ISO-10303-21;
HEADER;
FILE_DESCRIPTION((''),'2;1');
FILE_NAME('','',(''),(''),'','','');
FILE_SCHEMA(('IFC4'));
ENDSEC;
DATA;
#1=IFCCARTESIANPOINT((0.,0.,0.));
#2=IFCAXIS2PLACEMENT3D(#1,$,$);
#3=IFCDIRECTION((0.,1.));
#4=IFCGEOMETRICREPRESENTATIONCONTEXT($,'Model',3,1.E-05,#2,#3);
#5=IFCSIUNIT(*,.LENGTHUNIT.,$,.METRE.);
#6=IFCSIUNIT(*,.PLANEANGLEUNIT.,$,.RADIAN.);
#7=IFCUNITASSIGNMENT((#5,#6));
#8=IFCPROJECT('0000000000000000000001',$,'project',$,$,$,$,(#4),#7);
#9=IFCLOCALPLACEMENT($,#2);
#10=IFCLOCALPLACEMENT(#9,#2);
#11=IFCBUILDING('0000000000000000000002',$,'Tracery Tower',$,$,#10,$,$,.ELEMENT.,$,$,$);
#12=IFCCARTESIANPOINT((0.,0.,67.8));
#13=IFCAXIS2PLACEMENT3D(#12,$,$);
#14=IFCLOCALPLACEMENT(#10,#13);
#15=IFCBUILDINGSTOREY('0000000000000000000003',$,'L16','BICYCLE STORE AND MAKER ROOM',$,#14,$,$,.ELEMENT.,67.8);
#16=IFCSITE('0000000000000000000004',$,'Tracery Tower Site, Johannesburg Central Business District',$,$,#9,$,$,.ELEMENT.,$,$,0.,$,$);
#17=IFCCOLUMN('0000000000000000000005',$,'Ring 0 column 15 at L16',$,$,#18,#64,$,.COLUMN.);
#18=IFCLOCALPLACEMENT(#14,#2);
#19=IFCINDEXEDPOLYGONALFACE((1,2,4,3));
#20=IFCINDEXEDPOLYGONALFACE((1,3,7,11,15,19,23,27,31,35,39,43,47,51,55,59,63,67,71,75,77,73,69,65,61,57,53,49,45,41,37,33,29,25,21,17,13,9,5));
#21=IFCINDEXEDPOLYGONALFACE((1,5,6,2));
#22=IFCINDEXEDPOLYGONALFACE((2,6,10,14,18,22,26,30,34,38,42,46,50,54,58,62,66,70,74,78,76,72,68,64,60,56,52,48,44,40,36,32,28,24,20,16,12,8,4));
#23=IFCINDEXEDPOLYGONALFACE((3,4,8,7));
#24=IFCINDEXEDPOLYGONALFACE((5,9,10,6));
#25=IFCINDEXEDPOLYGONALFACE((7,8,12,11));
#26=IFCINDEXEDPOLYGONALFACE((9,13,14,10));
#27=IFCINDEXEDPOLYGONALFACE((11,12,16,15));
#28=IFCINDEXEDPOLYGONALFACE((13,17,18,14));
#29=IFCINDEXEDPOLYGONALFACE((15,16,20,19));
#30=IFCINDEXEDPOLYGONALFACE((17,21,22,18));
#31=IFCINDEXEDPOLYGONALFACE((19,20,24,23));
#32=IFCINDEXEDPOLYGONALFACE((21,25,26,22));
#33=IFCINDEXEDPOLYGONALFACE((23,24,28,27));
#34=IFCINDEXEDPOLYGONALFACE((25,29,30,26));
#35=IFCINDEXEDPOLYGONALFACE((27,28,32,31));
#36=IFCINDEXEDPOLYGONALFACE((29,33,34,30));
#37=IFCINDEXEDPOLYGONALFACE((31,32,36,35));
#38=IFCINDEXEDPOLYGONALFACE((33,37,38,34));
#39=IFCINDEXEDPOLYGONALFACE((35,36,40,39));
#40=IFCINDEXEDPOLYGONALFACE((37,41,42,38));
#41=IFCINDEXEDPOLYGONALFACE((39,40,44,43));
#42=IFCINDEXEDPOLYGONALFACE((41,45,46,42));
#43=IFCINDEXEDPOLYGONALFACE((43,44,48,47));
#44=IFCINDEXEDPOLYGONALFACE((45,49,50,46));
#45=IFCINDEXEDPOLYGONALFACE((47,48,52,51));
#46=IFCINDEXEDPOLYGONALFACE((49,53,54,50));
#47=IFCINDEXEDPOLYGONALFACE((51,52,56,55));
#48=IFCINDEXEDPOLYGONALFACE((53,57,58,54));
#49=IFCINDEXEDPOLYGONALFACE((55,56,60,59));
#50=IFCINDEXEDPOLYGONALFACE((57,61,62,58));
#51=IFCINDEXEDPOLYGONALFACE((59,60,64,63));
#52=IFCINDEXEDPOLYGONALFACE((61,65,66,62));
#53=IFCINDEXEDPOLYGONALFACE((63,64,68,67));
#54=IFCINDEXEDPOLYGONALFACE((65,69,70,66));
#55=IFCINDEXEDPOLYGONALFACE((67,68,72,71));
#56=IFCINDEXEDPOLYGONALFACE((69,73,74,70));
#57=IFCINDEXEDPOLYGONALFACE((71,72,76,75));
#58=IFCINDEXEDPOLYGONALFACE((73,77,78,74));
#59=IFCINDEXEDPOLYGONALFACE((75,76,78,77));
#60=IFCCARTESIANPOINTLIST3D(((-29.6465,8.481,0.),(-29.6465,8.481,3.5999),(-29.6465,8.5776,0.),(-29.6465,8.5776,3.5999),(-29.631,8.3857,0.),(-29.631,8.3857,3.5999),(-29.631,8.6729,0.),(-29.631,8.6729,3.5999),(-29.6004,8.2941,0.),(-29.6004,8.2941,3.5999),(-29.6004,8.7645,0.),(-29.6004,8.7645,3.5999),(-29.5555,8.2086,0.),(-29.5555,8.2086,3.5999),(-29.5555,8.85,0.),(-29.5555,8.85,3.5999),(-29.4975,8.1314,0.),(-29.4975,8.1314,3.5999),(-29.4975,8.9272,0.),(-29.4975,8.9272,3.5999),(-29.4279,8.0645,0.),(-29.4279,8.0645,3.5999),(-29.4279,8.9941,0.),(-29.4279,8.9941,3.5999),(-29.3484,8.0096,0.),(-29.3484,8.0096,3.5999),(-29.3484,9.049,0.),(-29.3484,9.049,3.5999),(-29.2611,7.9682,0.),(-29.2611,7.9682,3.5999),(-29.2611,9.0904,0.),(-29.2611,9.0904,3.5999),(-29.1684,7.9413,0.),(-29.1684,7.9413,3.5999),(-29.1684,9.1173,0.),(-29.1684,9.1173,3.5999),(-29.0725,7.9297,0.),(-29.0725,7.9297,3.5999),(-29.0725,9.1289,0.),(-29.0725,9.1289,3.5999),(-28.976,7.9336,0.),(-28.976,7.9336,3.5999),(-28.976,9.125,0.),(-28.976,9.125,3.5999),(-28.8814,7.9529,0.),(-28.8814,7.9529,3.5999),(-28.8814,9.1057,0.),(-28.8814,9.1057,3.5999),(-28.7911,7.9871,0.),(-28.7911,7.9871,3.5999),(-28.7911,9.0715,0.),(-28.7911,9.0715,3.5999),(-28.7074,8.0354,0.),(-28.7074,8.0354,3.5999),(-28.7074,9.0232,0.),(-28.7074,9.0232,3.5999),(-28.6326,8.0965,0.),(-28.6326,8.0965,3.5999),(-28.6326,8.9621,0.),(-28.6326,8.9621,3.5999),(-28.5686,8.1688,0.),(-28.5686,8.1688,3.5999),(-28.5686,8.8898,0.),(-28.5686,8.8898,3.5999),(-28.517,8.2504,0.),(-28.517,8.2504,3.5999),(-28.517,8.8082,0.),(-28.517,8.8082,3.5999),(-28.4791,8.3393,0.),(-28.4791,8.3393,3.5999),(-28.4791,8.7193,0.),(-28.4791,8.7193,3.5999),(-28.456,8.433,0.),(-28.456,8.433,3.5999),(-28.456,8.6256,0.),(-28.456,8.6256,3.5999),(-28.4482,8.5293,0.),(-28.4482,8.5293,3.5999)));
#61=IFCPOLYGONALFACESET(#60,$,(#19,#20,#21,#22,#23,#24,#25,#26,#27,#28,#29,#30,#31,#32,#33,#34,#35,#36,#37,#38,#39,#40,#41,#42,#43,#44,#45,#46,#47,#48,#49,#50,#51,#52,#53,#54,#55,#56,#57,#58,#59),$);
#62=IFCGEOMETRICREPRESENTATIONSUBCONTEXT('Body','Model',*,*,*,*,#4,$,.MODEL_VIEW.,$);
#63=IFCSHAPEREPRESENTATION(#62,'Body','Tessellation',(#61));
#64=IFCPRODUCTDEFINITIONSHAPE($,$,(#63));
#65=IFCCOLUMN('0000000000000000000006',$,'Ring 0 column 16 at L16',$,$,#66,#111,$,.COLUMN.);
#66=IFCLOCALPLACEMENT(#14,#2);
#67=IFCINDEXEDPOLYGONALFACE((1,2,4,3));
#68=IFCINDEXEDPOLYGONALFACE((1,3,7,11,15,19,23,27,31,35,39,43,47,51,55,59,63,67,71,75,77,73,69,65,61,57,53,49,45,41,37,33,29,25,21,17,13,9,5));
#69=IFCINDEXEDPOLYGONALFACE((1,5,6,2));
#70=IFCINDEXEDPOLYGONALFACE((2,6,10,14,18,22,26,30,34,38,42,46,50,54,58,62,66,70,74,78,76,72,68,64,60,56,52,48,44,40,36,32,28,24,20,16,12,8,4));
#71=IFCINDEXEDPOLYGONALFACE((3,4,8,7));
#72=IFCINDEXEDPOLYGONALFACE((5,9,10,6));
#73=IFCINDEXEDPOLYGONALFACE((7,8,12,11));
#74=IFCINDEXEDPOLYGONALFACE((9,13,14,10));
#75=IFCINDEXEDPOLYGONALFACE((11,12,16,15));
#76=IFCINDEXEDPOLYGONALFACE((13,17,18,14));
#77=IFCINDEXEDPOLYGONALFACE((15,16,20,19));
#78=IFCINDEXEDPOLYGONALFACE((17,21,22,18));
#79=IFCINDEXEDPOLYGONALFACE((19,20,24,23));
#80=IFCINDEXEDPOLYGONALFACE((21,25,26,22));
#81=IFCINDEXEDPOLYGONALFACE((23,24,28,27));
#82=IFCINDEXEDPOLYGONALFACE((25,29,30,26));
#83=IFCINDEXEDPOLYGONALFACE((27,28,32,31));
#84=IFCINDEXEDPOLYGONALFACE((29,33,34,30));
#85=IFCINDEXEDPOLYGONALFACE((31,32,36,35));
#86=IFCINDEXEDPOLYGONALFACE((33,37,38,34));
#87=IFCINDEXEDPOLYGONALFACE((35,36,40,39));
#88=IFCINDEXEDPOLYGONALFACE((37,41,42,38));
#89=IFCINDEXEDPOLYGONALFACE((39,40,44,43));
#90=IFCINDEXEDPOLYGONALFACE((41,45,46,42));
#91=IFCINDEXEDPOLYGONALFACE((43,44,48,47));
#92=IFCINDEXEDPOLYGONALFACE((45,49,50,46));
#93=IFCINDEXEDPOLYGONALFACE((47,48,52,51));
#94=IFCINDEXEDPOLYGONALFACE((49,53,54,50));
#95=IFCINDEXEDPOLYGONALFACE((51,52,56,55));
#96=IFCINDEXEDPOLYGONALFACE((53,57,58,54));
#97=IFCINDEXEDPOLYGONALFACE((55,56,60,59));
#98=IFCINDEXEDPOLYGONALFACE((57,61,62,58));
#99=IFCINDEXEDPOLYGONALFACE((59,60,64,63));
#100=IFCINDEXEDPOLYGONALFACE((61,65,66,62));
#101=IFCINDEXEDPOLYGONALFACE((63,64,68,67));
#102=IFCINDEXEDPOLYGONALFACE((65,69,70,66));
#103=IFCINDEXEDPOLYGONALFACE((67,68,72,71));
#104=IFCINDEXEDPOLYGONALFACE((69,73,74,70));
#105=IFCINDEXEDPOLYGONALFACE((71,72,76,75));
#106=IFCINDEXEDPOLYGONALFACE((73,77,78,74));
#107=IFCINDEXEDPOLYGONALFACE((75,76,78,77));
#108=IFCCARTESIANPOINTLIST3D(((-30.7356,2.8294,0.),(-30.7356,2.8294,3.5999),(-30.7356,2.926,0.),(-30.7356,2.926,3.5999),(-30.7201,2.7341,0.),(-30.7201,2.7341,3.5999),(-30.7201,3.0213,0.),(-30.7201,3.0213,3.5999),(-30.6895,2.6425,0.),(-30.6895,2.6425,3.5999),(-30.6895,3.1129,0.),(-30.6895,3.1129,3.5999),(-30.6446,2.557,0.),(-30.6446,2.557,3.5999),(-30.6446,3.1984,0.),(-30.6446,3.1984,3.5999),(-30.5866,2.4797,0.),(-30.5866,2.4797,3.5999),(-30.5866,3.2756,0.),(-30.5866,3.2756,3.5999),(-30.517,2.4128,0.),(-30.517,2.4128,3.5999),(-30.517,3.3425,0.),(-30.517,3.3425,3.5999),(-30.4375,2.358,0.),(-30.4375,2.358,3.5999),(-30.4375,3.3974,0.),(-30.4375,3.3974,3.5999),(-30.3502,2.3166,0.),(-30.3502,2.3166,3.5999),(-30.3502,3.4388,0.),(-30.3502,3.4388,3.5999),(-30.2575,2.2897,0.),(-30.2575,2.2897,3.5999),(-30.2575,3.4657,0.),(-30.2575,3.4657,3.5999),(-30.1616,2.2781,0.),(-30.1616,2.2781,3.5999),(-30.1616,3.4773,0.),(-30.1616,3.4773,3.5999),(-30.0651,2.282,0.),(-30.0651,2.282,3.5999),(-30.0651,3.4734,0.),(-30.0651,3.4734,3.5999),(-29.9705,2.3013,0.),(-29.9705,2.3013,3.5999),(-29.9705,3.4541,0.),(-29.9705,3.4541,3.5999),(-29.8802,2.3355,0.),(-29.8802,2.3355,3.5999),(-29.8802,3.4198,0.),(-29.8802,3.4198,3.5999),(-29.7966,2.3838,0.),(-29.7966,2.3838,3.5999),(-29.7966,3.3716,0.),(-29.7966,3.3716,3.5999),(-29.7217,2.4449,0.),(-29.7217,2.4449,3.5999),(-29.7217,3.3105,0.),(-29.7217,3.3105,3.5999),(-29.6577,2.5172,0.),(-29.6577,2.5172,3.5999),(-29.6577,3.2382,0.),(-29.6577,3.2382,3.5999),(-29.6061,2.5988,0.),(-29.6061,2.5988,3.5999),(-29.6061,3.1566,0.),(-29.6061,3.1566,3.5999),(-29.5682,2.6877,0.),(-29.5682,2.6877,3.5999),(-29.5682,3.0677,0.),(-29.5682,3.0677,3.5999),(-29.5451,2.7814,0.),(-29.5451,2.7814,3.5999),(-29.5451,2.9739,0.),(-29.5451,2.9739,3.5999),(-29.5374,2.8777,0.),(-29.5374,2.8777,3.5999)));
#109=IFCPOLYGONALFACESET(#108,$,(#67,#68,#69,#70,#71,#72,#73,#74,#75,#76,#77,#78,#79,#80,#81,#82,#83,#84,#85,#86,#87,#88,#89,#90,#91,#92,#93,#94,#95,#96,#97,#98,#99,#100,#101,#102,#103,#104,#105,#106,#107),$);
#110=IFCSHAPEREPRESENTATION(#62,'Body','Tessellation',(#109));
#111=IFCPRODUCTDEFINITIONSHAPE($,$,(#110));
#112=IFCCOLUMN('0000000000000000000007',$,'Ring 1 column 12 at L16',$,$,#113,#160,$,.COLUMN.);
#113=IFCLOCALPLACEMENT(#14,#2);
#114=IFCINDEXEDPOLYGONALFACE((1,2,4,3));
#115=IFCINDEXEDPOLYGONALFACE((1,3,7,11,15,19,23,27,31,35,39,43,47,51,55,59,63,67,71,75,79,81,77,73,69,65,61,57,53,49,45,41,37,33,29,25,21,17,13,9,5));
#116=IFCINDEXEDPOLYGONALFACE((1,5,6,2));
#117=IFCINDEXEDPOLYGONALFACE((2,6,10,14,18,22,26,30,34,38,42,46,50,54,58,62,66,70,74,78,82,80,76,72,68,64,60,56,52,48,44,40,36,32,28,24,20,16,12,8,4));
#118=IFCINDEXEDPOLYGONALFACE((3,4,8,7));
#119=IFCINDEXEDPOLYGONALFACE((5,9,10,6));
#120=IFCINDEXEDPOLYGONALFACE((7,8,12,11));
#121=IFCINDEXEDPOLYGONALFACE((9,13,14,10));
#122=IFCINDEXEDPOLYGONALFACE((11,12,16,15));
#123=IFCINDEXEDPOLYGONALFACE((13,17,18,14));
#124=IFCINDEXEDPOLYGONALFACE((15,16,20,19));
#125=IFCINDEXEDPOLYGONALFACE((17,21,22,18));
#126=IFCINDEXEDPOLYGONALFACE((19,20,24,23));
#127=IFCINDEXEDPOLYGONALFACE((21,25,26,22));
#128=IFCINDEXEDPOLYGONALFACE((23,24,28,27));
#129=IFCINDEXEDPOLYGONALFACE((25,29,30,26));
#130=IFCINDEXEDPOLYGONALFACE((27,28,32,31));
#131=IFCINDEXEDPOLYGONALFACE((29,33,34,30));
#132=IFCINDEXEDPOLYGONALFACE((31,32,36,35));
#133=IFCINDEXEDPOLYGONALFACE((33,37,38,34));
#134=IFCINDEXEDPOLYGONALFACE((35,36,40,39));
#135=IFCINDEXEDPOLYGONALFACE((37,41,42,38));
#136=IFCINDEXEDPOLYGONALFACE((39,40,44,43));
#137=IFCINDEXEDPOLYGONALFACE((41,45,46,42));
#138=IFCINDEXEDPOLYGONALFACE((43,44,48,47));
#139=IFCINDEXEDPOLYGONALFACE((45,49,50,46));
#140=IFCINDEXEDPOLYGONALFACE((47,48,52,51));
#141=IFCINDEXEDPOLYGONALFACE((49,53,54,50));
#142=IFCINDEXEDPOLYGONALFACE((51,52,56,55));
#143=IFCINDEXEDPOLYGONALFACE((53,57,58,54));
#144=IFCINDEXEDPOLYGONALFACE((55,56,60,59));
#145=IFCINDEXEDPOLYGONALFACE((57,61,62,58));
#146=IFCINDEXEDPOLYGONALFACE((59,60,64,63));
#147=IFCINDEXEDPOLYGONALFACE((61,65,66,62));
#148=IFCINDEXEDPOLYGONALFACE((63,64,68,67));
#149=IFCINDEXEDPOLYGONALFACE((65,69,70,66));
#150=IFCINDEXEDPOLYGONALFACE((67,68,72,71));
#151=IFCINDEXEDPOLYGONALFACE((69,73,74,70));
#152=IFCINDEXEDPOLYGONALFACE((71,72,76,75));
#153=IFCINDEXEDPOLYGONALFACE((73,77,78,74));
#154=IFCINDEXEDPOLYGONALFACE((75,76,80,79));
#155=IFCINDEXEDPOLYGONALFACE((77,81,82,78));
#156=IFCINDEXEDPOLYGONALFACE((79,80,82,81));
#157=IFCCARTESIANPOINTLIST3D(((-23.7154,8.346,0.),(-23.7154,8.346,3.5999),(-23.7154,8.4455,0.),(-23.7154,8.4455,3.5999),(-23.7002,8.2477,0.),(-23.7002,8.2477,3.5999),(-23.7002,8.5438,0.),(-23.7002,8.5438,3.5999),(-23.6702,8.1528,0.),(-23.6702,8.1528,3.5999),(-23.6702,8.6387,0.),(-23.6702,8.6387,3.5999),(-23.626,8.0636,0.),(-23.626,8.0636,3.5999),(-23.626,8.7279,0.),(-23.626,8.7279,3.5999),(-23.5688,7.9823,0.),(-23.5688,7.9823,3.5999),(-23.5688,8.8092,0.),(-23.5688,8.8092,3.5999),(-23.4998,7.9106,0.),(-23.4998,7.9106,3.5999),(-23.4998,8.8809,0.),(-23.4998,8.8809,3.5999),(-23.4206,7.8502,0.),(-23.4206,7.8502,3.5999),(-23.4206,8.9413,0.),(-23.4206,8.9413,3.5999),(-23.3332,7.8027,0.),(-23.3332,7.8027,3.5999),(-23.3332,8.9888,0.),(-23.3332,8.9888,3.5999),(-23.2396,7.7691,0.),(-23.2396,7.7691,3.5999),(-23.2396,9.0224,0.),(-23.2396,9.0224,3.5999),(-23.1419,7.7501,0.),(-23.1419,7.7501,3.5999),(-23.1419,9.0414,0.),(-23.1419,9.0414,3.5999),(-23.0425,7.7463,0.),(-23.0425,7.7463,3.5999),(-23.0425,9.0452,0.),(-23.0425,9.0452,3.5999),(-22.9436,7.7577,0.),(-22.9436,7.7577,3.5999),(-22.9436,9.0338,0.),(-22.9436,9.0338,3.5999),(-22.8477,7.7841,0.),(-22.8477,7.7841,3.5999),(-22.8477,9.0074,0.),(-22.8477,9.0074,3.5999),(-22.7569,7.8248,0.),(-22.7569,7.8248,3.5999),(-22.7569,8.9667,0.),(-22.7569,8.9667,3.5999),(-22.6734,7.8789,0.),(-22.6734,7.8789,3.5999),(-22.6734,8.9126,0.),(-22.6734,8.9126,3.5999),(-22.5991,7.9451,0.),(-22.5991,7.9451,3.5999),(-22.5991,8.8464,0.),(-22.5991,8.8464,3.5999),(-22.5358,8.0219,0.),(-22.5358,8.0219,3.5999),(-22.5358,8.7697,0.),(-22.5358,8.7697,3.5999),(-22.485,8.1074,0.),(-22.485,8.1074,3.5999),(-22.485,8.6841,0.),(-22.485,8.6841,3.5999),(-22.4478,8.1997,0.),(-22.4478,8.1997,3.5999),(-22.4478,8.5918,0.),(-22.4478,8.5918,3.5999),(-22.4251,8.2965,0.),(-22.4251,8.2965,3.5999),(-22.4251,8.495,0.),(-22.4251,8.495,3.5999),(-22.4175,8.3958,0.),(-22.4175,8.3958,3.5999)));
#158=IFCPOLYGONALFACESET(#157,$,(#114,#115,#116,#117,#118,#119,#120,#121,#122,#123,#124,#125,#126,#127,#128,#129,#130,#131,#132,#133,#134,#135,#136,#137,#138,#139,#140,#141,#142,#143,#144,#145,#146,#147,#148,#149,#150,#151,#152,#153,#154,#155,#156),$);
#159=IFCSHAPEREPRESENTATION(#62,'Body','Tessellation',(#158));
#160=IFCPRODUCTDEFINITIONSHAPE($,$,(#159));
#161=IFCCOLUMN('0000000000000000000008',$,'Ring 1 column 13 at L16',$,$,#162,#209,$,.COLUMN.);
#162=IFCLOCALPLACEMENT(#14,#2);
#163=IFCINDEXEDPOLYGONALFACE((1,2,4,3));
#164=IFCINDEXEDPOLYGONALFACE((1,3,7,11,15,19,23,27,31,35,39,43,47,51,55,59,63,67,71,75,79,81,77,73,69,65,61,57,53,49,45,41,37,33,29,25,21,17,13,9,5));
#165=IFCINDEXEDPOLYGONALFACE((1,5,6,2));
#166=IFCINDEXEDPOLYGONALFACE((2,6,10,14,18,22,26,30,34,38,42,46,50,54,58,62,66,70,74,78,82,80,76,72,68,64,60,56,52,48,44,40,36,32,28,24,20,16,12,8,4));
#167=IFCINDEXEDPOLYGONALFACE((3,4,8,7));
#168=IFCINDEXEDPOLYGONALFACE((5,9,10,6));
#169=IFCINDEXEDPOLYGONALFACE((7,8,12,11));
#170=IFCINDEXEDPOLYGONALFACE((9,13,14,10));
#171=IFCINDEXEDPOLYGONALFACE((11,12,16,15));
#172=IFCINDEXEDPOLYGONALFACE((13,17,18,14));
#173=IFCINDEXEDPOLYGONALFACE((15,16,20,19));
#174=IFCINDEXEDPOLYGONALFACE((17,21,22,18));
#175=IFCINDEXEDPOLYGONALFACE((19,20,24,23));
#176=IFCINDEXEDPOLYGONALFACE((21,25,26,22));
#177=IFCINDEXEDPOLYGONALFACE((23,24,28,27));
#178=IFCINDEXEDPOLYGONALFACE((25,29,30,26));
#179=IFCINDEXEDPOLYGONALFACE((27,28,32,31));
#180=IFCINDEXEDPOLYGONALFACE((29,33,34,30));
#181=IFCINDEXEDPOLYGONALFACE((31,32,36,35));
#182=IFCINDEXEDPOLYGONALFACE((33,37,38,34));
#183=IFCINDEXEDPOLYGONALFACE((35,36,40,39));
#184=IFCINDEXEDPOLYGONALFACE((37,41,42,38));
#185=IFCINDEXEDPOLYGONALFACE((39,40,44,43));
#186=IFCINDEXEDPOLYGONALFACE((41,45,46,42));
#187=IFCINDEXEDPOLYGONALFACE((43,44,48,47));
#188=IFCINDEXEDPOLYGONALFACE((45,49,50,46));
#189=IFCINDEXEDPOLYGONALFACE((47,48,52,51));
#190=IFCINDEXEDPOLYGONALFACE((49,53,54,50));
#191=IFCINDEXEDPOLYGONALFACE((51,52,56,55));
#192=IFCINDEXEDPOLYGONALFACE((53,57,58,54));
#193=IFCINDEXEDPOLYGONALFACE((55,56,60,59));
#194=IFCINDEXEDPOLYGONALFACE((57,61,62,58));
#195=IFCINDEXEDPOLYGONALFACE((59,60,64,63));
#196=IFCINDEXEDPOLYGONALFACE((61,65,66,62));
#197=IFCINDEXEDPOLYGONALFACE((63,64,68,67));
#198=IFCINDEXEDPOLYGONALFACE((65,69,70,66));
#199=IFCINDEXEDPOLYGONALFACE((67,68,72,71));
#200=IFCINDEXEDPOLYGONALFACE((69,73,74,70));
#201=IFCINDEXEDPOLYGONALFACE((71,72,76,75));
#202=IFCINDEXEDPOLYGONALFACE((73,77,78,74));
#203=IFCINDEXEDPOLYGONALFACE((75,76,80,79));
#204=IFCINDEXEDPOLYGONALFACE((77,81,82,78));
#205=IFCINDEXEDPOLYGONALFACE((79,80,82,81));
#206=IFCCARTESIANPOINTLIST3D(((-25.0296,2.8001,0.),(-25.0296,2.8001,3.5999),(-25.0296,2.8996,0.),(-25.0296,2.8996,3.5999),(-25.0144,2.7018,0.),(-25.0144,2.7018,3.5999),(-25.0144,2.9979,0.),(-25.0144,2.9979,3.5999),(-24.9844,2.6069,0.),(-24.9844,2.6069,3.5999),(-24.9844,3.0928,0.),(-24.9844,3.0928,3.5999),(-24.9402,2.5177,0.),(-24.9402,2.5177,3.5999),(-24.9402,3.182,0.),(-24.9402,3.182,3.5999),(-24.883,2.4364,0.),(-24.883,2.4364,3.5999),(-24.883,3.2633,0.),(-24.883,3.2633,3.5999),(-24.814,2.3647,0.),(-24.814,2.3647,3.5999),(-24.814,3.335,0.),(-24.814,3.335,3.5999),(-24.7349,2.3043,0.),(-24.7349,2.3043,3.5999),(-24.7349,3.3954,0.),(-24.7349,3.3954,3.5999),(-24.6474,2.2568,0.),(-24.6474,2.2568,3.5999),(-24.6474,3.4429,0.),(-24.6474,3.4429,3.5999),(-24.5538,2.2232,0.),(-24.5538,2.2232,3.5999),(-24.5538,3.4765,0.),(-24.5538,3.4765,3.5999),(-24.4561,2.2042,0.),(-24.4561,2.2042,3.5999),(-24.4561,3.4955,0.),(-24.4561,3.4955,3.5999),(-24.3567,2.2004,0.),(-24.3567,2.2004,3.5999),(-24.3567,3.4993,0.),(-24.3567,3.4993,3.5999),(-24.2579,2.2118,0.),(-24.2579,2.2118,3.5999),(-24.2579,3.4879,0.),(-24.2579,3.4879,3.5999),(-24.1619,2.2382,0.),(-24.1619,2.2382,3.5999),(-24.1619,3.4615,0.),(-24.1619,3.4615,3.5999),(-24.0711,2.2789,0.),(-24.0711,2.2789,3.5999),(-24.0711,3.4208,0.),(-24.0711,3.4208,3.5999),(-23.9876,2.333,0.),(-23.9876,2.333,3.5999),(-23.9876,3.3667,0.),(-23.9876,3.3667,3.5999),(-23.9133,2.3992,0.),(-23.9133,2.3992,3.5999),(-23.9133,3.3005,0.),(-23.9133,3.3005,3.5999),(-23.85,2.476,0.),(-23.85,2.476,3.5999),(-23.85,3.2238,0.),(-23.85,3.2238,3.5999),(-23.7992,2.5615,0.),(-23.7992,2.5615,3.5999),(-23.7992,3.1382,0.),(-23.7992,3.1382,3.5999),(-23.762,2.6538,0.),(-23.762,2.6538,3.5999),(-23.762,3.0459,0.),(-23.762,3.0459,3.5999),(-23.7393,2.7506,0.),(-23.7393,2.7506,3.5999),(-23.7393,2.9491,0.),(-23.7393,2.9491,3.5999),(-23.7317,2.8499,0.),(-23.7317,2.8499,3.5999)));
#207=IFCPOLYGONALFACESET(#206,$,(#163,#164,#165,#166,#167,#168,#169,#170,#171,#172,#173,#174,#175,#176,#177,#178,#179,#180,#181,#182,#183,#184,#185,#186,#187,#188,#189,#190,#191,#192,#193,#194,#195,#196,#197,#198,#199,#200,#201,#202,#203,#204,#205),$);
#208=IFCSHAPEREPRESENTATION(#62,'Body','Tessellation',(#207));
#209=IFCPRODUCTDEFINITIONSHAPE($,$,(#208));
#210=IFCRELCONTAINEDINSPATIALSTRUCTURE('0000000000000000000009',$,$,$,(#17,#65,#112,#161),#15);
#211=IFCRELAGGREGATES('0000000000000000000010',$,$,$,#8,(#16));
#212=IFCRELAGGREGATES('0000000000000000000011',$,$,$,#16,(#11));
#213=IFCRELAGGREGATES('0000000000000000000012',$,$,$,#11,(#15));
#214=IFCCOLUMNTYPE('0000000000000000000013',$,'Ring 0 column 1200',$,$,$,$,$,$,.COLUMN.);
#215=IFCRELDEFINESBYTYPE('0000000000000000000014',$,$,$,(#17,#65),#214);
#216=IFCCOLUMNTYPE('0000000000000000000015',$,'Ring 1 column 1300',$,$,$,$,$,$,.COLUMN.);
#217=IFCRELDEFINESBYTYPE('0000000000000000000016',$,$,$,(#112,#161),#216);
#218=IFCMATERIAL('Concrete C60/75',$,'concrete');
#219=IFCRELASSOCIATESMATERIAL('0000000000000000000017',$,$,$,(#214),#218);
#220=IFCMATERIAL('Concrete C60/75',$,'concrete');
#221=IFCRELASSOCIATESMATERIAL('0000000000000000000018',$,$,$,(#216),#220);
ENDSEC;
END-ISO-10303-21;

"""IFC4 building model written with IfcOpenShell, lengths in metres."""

from ifc_helpers import new_model, si_unit, direction, frame, origin, origin_2d, place, context, subcontext, project, spatial, circle, extrude, material, material_profile, profile_set, type_object, element, save


model = new_model("IFC4")

# Units and contexts
model_context = context("Model", 3, precision=1e-05, world=origin(), true_north=direction((0.0, 1.0)))
body_context = subcontext(model_context, "Body", "Model", "MODEL_VIEW")
ifc_project = project(units=[si_unit("LENGTHUNIT", "METRE"), si_unit("PLANEANGLEUNIT", "RADIAN")], contexts=[model_context])

# Site, building, storey
site_placement = place(None, origin())
site = spatial("IfcSite", under=ifc_project, at=site_placement, Name="Tracery Tower Site, Johannesburg Central Business District", CompositionType="ELEMENT", RefElevation=0.0)
building_placement = place(site_placement, origin())
building = spatial("IfcBuilding", under=site, at=building_placement, Name="Tracery Tower", CompositionType="ELEMENT")
storey_placement = place(building_placement, frame((0.0, 0.0, 67.8)))
storey = spatial("IfcBuildingStorey", under=building, at=storey_placement, Name="L16", Description="BICYCLE STORE AND MAKER ROOM", CompositionType="ELEMENT", Elevation=67.8)

# Columns
ifc_material_1 = material(Name="Concrete C60/75", Category="concrete")
ifc_material_profile_1 = material_profile(ifc_material_1, circle(Radius=0.6001, at=origin_2d()), Name="RC D1200")
ifc_profile_set_1 = profile_set([ifc_material_profile_1], Name="Concrete C60/75")
column_type_1 = type_object("IfcColumnType", Name="Ring 0 column 1200", PredefinedType="COLUMN", material=ifc_profile_set_1)
for number, where, z_axis, x_axis, name in (
    (1, (-29.0483, 8.5293, 0.0), (0.0, 0.0, 1.0), (1.0, 0.0, 0.0), "Ring 0 column 15 at L16"),
    (2, (-30.1375, 2.8777, 0.0), (0.0, 0.0, 1.0), (1.0, 0.0, 0.0), "Ring 0 column 16 at L16"),
):
    element("IfcColumn", number, at=place(storey_placement, frame(where, z_axis=z_axis, x_axis=x_axis)), inside=storey, type_object=column_type_1, Name=name, PredefinedType="COLUMN", context=body_context, shape_type="SweptSolid", body=[
        extrude(circle(Radius=0.6001, at=origin_2d()), origin(), (0.0, 0.0, 1.0), 3.5999),
    ])
ifc_material_2 = material(Name="Concrete C60/75", Category="concrete")
ifc_material_profile_2 = material_profile(ifc_material_2, circle(Radius=0.6499, at=origin_2d()), Name="RC D1300")
ifc_profile_set_2 = profile_set([ifc_material_profile_2], Name="Concrete C60/75")
column_type_2 = type_object("IfcColumnType", Name="Ring 1 column 1300", PredefinedType="COLUMN", material=ifc_profile_set_2)
for number, where, z_axis, x_axis, name in (
    (3, (-23.0674, 8.3958, 0.0), (0.0, 0.0, 1.0), (1.0, 0.0, 0.0), "Ring 1 column 12 at L16"),
    (4, (-24.3816, 2.8499, 0.0), (0.0, 0.0, 1.0), (1.0, 0.0, 0.0), "Ring 1 column 13 at L16"),
):
    element("IfcColumn", number, at=place(storey_placement, frame(where, z_axis=z_axis, x_axis=x_axis)), inside=storey, type_object=column_type_2, Name=name, PredefinedType="COLUMN", context=body_context, shape_type="SweptSolid", body=[
        extrude(circle(Radius=0.6499, at=origin_2d()), origin(), (0.0, 0.0, 1.0), 3.5999),
    ])

save(model, "model.ifc")
